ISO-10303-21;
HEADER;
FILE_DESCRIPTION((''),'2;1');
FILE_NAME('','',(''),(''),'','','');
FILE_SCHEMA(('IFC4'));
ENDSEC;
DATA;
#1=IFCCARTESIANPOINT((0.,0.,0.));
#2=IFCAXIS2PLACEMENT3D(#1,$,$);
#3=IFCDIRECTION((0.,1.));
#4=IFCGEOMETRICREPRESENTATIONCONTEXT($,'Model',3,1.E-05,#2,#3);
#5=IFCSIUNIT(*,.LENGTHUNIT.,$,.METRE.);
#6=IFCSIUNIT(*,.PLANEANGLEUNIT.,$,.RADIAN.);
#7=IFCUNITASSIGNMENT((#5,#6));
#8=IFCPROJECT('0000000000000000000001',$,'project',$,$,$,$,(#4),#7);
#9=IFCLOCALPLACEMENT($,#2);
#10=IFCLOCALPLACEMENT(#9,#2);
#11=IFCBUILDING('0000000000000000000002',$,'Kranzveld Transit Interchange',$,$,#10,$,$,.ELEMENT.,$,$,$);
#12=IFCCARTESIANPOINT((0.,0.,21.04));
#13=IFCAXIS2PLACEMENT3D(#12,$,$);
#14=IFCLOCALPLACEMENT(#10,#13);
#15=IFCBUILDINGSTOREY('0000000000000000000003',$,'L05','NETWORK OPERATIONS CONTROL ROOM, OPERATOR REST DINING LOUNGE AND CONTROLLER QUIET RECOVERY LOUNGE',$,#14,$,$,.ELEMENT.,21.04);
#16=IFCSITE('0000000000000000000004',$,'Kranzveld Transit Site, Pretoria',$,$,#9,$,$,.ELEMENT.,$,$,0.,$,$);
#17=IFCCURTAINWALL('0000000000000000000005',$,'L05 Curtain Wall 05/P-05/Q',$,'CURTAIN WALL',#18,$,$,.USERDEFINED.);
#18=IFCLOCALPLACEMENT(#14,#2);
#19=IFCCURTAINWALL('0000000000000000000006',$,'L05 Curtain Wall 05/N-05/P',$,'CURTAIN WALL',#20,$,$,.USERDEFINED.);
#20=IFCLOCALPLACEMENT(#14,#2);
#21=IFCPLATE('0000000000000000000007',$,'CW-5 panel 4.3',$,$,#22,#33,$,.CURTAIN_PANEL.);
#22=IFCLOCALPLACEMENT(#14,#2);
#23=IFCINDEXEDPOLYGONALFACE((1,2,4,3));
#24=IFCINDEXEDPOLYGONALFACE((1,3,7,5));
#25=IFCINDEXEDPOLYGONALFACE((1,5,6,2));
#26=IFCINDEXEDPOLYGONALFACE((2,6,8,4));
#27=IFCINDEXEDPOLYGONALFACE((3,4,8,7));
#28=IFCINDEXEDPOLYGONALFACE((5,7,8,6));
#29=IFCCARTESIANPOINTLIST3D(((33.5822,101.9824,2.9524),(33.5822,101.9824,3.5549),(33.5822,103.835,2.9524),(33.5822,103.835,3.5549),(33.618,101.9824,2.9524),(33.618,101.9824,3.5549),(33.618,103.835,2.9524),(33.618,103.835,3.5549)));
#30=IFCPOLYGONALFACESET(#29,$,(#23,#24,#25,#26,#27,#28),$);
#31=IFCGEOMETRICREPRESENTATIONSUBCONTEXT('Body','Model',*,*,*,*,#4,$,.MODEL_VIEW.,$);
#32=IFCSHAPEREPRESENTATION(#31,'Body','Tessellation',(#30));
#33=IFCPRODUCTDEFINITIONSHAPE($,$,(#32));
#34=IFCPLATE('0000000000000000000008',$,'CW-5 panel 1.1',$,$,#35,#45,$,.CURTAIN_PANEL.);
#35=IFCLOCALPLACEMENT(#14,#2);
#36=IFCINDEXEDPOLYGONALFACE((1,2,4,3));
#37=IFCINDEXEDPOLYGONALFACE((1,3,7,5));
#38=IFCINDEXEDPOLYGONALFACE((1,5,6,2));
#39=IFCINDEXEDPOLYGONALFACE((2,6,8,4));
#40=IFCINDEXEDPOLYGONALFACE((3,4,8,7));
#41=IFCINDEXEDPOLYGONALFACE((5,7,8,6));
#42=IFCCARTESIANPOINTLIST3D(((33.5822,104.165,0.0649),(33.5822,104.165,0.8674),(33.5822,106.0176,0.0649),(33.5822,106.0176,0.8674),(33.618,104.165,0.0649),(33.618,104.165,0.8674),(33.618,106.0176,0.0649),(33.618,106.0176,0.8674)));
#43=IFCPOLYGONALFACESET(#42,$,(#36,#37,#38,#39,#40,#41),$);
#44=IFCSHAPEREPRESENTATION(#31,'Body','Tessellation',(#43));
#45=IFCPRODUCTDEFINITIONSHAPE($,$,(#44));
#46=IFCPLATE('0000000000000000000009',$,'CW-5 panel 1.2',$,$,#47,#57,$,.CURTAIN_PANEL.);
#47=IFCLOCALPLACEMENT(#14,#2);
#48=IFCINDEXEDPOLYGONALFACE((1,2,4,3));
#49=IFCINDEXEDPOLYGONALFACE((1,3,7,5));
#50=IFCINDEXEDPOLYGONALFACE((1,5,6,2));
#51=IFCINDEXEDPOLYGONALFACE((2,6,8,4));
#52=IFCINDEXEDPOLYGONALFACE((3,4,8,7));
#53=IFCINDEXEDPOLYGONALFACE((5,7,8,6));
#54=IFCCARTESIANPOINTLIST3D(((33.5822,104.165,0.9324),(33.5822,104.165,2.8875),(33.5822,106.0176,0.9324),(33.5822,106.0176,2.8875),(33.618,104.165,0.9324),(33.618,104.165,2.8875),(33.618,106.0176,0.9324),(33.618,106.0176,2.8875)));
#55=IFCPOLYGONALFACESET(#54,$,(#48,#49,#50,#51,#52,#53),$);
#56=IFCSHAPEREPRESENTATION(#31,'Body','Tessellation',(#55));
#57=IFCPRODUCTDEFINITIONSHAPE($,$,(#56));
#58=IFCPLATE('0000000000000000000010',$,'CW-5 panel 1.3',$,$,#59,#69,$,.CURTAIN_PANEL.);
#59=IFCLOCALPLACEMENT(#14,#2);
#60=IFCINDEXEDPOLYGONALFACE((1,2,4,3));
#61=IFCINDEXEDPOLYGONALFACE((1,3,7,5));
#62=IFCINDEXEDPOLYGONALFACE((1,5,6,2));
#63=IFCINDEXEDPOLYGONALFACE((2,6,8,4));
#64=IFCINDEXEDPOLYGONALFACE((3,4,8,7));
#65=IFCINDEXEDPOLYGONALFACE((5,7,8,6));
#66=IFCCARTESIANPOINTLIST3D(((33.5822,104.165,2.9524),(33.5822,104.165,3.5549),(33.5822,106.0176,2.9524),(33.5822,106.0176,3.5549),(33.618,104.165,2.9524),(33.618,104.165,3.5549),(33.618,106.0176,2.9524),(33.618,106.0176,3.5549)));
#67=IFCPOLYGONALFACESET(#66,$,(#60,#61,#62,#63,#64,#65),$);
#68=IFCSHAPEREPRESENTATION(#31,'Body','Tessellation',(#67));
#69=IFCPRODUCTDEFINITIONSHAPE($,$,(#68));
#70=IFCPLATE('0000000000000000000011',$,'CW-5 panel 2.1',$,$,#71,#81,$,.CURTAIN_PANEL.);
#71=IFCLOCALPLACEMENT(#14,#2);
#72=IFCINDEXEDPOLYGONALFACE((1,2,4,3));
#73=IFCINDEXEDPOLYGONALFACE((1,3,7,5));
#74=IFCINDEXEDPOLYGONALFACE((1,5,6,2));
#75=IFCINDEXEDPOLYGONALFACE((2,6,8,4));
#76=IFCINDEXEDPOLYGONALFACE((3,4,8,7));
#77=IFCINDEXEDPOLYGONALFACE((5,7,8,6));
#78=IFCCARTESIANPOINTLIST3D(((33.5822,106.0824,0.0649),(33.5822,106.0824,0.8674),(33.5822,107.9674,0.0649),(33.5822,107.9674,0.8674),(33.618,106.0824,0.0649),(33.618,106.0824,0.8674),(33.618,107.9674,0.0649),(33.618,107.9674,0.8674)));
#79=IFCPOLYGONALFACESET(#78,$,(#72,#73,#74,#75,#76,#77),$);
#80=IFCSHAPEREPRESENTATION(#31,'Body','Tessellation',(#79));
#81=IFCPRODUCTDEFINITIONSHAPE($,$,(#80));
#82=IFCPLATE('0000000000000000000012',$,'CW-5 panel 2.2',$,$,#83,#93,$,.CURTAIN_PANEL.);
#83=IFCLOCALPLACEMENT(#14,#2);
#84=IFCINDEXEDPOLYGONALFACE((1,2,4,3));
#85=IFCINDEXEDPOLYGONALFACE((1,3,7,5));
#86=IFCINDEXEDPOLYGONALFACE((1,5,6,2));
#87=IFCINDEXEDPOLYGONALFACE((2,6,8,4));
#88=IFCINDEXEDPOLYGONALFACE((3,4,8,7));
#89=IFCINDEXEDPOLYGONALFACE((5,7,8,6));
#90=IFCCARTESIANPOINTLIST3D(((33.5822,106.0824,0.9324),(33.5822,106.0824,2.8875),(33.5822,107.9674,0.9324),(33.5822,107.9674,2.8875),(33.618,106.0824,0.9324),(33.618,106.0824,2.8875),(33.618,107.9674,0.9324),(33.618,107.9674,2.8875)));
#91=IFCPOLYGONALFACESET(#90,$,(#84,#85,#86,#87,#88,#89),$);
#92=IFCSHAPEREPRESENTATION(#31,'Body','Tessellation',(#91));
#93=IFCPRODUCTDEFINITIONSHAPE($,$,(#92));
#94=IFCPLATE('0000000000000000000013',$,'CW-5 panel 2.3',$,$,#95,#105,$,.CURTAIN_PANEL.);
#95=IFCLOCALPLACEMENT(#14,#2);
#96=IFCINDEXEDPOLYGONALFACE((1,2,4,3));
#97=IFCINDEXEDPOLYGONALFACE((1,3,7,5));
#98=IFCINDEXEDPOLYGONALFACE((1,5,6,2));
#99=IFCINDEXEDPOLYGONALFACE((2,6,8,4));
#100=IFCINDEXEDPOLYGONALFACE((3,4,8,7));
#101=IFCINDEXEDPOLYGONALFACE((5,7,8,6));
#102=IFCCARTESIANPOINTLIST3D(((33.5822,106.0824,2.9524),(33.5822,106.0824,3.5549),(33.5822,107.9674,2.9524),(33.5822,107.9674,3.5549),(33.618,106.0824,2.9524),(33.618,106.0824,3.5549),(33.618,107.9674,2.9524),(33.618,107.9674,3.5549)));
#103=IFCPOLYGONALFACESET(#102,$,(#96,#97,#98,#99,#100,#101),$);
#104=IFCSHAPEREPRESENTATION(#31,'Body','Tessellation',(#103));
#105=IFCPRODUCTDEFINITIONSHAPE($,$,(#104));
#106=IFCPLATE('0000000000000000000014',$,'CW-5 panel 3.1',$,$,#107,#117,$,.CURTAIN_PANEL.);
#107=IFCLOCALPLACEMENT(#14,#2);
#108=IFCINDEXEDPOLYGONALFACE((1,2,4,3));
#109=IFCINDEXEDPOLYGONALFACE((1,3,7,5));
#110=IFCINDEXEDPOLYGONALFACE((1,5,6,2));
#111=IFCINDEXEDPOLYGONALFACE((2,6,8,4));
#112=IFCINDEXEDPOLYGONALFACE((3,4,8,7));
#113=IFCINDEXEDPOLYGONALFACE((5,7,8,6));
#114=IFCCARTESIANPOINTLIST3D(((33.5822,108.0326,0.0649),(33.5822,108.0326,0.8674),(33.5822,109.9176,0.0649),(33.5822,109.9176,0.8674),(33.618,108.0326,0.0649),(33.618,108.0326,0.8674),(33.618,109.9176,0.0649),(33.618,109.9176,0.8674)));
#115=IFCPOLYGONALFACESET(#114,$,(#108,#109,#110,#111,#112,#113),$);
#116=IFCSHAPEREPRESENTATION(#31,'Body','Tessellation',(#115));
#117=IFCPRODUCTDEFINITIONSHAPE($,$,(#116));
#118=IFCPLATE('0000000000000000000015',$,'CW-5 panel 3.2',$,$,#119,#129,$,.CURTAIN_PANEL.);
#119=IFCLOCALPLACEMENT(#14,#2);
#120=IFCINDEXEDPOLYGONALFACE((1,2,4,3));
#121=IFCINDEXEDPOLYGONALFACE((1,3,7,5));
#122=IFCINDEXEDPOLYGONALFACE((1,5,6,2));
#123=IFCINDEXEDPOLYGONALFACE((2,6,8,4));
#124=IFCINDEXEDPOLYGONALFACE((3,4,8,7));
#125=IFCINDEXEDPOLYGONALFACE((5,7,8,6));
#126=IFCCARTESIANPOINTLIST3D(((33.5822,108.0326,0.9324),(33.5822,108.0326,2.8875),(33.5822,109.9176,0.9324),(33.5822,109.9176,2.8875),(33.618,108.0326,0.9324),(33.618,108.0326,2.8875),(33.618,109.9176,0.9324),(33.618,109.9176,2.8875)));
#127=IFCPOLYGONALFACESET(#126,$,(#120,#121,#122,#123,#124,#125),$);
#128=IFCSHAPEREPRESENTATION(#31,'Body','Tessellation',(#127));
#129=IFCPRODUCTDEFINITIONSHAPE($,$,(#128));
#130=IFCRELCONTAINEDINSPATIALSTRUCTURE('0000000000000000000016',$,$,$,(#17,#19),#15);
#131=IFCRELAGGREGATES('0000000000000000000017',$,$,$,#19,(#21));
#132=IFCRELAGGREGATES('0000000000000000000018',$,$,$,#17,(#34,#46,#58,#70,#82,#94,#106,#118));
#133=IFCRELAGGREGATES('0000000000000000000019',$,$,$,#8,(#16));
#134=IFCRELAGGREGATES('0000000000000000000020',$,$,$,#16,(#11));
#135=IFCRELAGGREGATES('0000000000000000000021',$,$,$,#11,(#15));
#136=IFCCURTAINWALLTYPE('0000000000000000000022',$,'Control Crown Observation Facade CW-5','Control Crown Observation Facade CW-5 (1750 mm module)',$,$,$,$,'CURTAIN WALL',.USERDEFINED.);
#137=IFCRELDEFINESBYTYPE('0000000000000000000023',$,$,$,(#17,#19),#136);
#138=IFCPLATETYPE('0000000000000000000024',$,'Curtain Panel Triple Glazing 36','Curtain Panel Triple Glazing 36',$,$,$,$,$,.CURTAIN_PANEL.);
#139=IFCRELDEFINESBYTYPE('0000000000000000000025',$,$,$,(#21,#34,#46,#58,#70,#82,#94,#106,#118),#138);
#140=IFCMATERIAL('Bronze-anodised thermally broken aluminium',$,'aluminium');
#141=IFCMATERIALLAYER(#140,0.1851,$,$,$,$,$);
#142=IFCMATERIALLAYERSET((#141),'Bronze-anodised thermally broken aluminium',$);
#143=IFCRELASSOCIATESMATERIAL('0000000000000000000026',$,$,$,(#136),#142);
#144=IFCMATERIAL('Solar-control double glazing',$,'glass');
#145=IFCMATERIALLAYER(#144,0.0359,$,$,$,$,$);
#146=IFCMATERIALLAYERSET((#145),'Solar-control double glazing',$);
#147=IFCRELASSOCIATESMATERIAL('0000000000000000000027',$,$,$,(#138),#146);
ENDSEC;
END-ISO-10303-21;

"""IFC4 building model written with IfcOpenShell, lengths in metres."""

from ifc_helpers import new_model, si_unit, direction, frame, origin, origin_2d, place, context, subcontext, project, spatial, rectangle, extrude, material, layer, layer_set, type_object, element, aggregate, save


model = new_model("IFC4")

# Units and contexts
model_context = context("Model", 3, precision=1e-05, world=origin(), true_north=direction((0.0, 1.0)))
body_context = subcontext(model_context, "Body", "Model", "MODEL_VIEW")
ifc_project = project(units=[si_unit("LENGTHUNIT", "METRE"), si_unit("PLANEANGLEUNIT", "RADIAN")], contexts=[model_context])

# Site, building, storey
site_placement = place(None, origin())
site = spatial("IfcSite", under=ifc_project, at=site_placement, Name="Kranzveld Transit Site, Pretoria", CompositionType="ELEMENT", RefElevation=0.0)
building_placement = place(site_placement, origin())
building = spatial("IfcBuilding", under=site, at=building_placement, Name="Kranzveld Transit Interchange", CompositionType="ELEMENT")
storey_placement = place(building_placement, frame((0.0, 0.0, 21.04)))
storey = spatial("IfcBuildingStorey", under=building, at=storey_placement, Name="L05", Description="NETWORK OPERATIONS CONTROL ROOM, OPERATOR REST DINING LOUNGE AND CONTROLLER QUIET RECOVERY LOUNGE", CompositionType="ELEMENT", Elevation=21.04)

# Curtain walls
ifc_material_1 = material(Name="Bronze-anodised thermally broken aluminium", Category="aluminium")
ifc_layer_1 = layer(ifc_material_1, 0.1851)
ifc_layer_set_1 = layer_set([ifc_layer_1], Name="Bronze-anodised thermally broken aluminium")
curtain_wall_type = type_object("IfcCurtainWallType", Name="Control Crown Observation Facade CW-5", Description="Control Crown Observation Facade CW-5 (1750 mm module)", ElementType="CURTAIN WALL", PredefinedType="USERDEFINED", material=ifc_layer_set_1)
curtain_wall_1_placement = place(storey_placement, origin())
curtain_wall_1 = element("IfcCurtainWall", 1, at=curtain_wall_1_placement, inside=storey, type_object=curtain_wall_type, Name="L05 Curtain Wall 05/P-05/Q", ObjectType="CURTAIN WALL", PredefinedType="USERDEFINED")
curtain_wall_2_placement = place(storey_placement, origin())
curtain_wall_2 = element("IfcCurtainWall", 2, at=curtain_wall_2_placement, inside=storey, type_object=curtain_wall_type, Name="L05 Curtain Wall 05/N-05/P", ObjectType="CURTAIN WALL", PredefinedType="USERDEFINED")

# Plates
ifc_material_2 = material(Name="Solar-control double glazing", Category="glass")
ifc_layer_2 = layer(ifc_material_2, 0.0359)
ifc_layer_set_2 = layer_set([ifc_layer_2], Name="Solar-control double glazing")
plate_type = type_object("IfcPlateType", Name="Curtain Panel Triple Glazing 36", Description="Curtain Panel Triple Glazing 36", PredefinedType="CURTAIN_PANEL", material=ifc_layer_set_2)
plate_1_placement = place(storey_placement, frame((33.6001, 102.9087, 2.9524), z_axis=(0.0, 0.0, 1.0), x_axis=(0.0, 1.0, 0.0)))
plate_1 = element("IfcPlate", 3, at=plate_1_placement, type_object=plate_type, Name="CW-5 panel 4.3", PredefinedType="CURTAIN_PANEL", context=body_context, shape_type="SweptSolid", body=[
    extrude(rectangle(XDim=1.8525, YDim=0.0359, at=origin_2d()), origin(), (0.0, 0.0, 1.0), 0.6025),
])
aggregate(curtain_wall_2, [plate_1])
plate_2_placement = place(storey_placement, frame((33.6001, 105.0913, 0.0649), z_axis=(0.0, 0.0, 1.0), x_axis=(0.0, 1.0, 0.0)))
plate_2 = element("IfcPlate", 4, at=plate_2_placement, type_object=plate_type, Name="CW-5 panel 1.1", PredefinedType="CURTAIN_PANEL", context=body_context, shape_type="SweptSolid", body=[
    extrude(rectangle(XDim=1.8525, YDim=0.0359, at=origin_2d()), origin(), (0.0, 0.0, 1.0), 0.8025),
])
plate_3_placement = place(storey_placement, frame((33.6001, 105.0913, 0.9324), z_axis=(0.0, 0.0, 1.0), x_axis=(0.0, 1.0, 0.0)))
plate_3 = element("IfcPlate", 5, at=plate_3_placement, type_object=plate_type, Name="CW-5 panel 1.2", PredefinedType="CURTAIN_PANEL", context=body_context, shape_type="SweptSolid", body=[
    extrude(rectangle(XDim=1.8525, YDim=0.0359, at=origin_2d()), origin(), (0.0, 0.0, 1.0), 1.9551),
])
plate_4_placement = place(storey_placement, frame((33.6001, 105.0913, 2.9524), z_axis=(0.0, 0.0, 1.0), x_axis=(0.0, 1.0, 0.0)))
plate_4 = element("IfcPlate", 6, at=plate_4_placement, type_object=plate_type, Name="CW-5 panel 1.3", PredefinedType="CURTAIN_PANEL", context=body_context, shape_type="SweptSolid", body=[
    extrude(rectangle(XDim=1.8525, YDim=0.0359, at=origin_2d()), origin(), (0.0, 0.0, 1.0), 0.6025),
])
plate_5_placement = place(storey_placement, frame((33.6001, 107.0249, 0.0649), z_axis=(0.0, 0.0, 1.0), x_axis=(0.0, 1.0, 0.0)))
plate_5 = element("IfcPlate", 7, at=plate_5_placement, type_object=plate_type, Name="CW-5 panel 2.1", PredefinedType="CURTAIN_PANEL", context=body_context, shape_type="SweptSolid", body=[
    extrude(rectangle(XDim=1.885, YDim=0.0359, at=origin_2d()), origin(), (0.0, 0.0, 1.0), 0.8025),
])
plate_6_placement = place(storey_placement, frame((33.6001, 107.0249, 0.9324), z_axis=(0.0, 0.0, 1.0), x_axis=(0.0, 1.0, 0.0)))
plate_6 = element("IfcPlate", 8, at=plate_6_placement, type_object=plate_type, Name="CW-5 panel 2.2", PredefinedType="CURTAIN_PANEL", context=body_context, shape_type="SweptSolid", body=[
    extrude(rectangle(XDim=1.885, YDim=0.0359, at=origin_2d()), origin(), (0.0, 0.0, 1.0), 1.9551),
])
plate_7_placement = place(storey_placement, frame((33.6001, 107.0249, 2.9524), z_axis=(0.0, 0.0, 1.0), x_axis=(0.0, 1.0, 0.0)))
plate_7 = element("IfcPlate", 9, at=plate_7_placement, type_object=plate_type, Name="CW-5 panel 2.3", PredefinedType="CURTAIN_PANEL", context=body_context, shape_type="SweptSolid", body=[
    extrude(rectangle(XDim=1.885, YDim=0.0359, at=origin_2d()), origin(), (0.0, 0.0, 1.0), 0.6025),
])
plate_8_placement = place(storey_placement, frame((33.6001, 108.9751, 0.0649), z_axis=(0.0, 0.0, 1.0), x_axis=(0.0, 1.0, 0.0)))
plate_8 = element("IfcPlate", 10, at=plate_8_placement, type_object=plate_type, Name="CW-5 panel 3.1", PredefinedType="CURTAIN_PANEL", context=body_context, shape_type="SweptSolid", body=[
    extrude(rectangle(XDim=1.885, YDim=0.0359, at=origin_2d()), origin(), (0.0, 0.0, 1.0), 0.8025),
])
plate_9_placement = place(storey_placement, frame((33.6001, 108.9751, 0.9324), z_axis=(0.0, 0.0, 1.0), x_axis=(0.0, 1.0, 0.0)))
plate_9 = element("IfcPlate", 11, at=plate_9_placement, type_object=plate_type, Name="CW-5 panel 3.2", PredefinedType="CURTAIN_PANEL", context=body_context, shape_type="SweptSolid", body=[
    extrude(rectangle(XDim=1.885, YDim=0.0359, at=origin_2d()), origin(), (0.0, 0.0, 1.0), 1.9551),
])
aggregate(curtain_wall_1, [plate_2, plate_3, plate_4, plate_5, plate_6, plate_7, plate_8, plate_9])

save(model, "model.ifc")
